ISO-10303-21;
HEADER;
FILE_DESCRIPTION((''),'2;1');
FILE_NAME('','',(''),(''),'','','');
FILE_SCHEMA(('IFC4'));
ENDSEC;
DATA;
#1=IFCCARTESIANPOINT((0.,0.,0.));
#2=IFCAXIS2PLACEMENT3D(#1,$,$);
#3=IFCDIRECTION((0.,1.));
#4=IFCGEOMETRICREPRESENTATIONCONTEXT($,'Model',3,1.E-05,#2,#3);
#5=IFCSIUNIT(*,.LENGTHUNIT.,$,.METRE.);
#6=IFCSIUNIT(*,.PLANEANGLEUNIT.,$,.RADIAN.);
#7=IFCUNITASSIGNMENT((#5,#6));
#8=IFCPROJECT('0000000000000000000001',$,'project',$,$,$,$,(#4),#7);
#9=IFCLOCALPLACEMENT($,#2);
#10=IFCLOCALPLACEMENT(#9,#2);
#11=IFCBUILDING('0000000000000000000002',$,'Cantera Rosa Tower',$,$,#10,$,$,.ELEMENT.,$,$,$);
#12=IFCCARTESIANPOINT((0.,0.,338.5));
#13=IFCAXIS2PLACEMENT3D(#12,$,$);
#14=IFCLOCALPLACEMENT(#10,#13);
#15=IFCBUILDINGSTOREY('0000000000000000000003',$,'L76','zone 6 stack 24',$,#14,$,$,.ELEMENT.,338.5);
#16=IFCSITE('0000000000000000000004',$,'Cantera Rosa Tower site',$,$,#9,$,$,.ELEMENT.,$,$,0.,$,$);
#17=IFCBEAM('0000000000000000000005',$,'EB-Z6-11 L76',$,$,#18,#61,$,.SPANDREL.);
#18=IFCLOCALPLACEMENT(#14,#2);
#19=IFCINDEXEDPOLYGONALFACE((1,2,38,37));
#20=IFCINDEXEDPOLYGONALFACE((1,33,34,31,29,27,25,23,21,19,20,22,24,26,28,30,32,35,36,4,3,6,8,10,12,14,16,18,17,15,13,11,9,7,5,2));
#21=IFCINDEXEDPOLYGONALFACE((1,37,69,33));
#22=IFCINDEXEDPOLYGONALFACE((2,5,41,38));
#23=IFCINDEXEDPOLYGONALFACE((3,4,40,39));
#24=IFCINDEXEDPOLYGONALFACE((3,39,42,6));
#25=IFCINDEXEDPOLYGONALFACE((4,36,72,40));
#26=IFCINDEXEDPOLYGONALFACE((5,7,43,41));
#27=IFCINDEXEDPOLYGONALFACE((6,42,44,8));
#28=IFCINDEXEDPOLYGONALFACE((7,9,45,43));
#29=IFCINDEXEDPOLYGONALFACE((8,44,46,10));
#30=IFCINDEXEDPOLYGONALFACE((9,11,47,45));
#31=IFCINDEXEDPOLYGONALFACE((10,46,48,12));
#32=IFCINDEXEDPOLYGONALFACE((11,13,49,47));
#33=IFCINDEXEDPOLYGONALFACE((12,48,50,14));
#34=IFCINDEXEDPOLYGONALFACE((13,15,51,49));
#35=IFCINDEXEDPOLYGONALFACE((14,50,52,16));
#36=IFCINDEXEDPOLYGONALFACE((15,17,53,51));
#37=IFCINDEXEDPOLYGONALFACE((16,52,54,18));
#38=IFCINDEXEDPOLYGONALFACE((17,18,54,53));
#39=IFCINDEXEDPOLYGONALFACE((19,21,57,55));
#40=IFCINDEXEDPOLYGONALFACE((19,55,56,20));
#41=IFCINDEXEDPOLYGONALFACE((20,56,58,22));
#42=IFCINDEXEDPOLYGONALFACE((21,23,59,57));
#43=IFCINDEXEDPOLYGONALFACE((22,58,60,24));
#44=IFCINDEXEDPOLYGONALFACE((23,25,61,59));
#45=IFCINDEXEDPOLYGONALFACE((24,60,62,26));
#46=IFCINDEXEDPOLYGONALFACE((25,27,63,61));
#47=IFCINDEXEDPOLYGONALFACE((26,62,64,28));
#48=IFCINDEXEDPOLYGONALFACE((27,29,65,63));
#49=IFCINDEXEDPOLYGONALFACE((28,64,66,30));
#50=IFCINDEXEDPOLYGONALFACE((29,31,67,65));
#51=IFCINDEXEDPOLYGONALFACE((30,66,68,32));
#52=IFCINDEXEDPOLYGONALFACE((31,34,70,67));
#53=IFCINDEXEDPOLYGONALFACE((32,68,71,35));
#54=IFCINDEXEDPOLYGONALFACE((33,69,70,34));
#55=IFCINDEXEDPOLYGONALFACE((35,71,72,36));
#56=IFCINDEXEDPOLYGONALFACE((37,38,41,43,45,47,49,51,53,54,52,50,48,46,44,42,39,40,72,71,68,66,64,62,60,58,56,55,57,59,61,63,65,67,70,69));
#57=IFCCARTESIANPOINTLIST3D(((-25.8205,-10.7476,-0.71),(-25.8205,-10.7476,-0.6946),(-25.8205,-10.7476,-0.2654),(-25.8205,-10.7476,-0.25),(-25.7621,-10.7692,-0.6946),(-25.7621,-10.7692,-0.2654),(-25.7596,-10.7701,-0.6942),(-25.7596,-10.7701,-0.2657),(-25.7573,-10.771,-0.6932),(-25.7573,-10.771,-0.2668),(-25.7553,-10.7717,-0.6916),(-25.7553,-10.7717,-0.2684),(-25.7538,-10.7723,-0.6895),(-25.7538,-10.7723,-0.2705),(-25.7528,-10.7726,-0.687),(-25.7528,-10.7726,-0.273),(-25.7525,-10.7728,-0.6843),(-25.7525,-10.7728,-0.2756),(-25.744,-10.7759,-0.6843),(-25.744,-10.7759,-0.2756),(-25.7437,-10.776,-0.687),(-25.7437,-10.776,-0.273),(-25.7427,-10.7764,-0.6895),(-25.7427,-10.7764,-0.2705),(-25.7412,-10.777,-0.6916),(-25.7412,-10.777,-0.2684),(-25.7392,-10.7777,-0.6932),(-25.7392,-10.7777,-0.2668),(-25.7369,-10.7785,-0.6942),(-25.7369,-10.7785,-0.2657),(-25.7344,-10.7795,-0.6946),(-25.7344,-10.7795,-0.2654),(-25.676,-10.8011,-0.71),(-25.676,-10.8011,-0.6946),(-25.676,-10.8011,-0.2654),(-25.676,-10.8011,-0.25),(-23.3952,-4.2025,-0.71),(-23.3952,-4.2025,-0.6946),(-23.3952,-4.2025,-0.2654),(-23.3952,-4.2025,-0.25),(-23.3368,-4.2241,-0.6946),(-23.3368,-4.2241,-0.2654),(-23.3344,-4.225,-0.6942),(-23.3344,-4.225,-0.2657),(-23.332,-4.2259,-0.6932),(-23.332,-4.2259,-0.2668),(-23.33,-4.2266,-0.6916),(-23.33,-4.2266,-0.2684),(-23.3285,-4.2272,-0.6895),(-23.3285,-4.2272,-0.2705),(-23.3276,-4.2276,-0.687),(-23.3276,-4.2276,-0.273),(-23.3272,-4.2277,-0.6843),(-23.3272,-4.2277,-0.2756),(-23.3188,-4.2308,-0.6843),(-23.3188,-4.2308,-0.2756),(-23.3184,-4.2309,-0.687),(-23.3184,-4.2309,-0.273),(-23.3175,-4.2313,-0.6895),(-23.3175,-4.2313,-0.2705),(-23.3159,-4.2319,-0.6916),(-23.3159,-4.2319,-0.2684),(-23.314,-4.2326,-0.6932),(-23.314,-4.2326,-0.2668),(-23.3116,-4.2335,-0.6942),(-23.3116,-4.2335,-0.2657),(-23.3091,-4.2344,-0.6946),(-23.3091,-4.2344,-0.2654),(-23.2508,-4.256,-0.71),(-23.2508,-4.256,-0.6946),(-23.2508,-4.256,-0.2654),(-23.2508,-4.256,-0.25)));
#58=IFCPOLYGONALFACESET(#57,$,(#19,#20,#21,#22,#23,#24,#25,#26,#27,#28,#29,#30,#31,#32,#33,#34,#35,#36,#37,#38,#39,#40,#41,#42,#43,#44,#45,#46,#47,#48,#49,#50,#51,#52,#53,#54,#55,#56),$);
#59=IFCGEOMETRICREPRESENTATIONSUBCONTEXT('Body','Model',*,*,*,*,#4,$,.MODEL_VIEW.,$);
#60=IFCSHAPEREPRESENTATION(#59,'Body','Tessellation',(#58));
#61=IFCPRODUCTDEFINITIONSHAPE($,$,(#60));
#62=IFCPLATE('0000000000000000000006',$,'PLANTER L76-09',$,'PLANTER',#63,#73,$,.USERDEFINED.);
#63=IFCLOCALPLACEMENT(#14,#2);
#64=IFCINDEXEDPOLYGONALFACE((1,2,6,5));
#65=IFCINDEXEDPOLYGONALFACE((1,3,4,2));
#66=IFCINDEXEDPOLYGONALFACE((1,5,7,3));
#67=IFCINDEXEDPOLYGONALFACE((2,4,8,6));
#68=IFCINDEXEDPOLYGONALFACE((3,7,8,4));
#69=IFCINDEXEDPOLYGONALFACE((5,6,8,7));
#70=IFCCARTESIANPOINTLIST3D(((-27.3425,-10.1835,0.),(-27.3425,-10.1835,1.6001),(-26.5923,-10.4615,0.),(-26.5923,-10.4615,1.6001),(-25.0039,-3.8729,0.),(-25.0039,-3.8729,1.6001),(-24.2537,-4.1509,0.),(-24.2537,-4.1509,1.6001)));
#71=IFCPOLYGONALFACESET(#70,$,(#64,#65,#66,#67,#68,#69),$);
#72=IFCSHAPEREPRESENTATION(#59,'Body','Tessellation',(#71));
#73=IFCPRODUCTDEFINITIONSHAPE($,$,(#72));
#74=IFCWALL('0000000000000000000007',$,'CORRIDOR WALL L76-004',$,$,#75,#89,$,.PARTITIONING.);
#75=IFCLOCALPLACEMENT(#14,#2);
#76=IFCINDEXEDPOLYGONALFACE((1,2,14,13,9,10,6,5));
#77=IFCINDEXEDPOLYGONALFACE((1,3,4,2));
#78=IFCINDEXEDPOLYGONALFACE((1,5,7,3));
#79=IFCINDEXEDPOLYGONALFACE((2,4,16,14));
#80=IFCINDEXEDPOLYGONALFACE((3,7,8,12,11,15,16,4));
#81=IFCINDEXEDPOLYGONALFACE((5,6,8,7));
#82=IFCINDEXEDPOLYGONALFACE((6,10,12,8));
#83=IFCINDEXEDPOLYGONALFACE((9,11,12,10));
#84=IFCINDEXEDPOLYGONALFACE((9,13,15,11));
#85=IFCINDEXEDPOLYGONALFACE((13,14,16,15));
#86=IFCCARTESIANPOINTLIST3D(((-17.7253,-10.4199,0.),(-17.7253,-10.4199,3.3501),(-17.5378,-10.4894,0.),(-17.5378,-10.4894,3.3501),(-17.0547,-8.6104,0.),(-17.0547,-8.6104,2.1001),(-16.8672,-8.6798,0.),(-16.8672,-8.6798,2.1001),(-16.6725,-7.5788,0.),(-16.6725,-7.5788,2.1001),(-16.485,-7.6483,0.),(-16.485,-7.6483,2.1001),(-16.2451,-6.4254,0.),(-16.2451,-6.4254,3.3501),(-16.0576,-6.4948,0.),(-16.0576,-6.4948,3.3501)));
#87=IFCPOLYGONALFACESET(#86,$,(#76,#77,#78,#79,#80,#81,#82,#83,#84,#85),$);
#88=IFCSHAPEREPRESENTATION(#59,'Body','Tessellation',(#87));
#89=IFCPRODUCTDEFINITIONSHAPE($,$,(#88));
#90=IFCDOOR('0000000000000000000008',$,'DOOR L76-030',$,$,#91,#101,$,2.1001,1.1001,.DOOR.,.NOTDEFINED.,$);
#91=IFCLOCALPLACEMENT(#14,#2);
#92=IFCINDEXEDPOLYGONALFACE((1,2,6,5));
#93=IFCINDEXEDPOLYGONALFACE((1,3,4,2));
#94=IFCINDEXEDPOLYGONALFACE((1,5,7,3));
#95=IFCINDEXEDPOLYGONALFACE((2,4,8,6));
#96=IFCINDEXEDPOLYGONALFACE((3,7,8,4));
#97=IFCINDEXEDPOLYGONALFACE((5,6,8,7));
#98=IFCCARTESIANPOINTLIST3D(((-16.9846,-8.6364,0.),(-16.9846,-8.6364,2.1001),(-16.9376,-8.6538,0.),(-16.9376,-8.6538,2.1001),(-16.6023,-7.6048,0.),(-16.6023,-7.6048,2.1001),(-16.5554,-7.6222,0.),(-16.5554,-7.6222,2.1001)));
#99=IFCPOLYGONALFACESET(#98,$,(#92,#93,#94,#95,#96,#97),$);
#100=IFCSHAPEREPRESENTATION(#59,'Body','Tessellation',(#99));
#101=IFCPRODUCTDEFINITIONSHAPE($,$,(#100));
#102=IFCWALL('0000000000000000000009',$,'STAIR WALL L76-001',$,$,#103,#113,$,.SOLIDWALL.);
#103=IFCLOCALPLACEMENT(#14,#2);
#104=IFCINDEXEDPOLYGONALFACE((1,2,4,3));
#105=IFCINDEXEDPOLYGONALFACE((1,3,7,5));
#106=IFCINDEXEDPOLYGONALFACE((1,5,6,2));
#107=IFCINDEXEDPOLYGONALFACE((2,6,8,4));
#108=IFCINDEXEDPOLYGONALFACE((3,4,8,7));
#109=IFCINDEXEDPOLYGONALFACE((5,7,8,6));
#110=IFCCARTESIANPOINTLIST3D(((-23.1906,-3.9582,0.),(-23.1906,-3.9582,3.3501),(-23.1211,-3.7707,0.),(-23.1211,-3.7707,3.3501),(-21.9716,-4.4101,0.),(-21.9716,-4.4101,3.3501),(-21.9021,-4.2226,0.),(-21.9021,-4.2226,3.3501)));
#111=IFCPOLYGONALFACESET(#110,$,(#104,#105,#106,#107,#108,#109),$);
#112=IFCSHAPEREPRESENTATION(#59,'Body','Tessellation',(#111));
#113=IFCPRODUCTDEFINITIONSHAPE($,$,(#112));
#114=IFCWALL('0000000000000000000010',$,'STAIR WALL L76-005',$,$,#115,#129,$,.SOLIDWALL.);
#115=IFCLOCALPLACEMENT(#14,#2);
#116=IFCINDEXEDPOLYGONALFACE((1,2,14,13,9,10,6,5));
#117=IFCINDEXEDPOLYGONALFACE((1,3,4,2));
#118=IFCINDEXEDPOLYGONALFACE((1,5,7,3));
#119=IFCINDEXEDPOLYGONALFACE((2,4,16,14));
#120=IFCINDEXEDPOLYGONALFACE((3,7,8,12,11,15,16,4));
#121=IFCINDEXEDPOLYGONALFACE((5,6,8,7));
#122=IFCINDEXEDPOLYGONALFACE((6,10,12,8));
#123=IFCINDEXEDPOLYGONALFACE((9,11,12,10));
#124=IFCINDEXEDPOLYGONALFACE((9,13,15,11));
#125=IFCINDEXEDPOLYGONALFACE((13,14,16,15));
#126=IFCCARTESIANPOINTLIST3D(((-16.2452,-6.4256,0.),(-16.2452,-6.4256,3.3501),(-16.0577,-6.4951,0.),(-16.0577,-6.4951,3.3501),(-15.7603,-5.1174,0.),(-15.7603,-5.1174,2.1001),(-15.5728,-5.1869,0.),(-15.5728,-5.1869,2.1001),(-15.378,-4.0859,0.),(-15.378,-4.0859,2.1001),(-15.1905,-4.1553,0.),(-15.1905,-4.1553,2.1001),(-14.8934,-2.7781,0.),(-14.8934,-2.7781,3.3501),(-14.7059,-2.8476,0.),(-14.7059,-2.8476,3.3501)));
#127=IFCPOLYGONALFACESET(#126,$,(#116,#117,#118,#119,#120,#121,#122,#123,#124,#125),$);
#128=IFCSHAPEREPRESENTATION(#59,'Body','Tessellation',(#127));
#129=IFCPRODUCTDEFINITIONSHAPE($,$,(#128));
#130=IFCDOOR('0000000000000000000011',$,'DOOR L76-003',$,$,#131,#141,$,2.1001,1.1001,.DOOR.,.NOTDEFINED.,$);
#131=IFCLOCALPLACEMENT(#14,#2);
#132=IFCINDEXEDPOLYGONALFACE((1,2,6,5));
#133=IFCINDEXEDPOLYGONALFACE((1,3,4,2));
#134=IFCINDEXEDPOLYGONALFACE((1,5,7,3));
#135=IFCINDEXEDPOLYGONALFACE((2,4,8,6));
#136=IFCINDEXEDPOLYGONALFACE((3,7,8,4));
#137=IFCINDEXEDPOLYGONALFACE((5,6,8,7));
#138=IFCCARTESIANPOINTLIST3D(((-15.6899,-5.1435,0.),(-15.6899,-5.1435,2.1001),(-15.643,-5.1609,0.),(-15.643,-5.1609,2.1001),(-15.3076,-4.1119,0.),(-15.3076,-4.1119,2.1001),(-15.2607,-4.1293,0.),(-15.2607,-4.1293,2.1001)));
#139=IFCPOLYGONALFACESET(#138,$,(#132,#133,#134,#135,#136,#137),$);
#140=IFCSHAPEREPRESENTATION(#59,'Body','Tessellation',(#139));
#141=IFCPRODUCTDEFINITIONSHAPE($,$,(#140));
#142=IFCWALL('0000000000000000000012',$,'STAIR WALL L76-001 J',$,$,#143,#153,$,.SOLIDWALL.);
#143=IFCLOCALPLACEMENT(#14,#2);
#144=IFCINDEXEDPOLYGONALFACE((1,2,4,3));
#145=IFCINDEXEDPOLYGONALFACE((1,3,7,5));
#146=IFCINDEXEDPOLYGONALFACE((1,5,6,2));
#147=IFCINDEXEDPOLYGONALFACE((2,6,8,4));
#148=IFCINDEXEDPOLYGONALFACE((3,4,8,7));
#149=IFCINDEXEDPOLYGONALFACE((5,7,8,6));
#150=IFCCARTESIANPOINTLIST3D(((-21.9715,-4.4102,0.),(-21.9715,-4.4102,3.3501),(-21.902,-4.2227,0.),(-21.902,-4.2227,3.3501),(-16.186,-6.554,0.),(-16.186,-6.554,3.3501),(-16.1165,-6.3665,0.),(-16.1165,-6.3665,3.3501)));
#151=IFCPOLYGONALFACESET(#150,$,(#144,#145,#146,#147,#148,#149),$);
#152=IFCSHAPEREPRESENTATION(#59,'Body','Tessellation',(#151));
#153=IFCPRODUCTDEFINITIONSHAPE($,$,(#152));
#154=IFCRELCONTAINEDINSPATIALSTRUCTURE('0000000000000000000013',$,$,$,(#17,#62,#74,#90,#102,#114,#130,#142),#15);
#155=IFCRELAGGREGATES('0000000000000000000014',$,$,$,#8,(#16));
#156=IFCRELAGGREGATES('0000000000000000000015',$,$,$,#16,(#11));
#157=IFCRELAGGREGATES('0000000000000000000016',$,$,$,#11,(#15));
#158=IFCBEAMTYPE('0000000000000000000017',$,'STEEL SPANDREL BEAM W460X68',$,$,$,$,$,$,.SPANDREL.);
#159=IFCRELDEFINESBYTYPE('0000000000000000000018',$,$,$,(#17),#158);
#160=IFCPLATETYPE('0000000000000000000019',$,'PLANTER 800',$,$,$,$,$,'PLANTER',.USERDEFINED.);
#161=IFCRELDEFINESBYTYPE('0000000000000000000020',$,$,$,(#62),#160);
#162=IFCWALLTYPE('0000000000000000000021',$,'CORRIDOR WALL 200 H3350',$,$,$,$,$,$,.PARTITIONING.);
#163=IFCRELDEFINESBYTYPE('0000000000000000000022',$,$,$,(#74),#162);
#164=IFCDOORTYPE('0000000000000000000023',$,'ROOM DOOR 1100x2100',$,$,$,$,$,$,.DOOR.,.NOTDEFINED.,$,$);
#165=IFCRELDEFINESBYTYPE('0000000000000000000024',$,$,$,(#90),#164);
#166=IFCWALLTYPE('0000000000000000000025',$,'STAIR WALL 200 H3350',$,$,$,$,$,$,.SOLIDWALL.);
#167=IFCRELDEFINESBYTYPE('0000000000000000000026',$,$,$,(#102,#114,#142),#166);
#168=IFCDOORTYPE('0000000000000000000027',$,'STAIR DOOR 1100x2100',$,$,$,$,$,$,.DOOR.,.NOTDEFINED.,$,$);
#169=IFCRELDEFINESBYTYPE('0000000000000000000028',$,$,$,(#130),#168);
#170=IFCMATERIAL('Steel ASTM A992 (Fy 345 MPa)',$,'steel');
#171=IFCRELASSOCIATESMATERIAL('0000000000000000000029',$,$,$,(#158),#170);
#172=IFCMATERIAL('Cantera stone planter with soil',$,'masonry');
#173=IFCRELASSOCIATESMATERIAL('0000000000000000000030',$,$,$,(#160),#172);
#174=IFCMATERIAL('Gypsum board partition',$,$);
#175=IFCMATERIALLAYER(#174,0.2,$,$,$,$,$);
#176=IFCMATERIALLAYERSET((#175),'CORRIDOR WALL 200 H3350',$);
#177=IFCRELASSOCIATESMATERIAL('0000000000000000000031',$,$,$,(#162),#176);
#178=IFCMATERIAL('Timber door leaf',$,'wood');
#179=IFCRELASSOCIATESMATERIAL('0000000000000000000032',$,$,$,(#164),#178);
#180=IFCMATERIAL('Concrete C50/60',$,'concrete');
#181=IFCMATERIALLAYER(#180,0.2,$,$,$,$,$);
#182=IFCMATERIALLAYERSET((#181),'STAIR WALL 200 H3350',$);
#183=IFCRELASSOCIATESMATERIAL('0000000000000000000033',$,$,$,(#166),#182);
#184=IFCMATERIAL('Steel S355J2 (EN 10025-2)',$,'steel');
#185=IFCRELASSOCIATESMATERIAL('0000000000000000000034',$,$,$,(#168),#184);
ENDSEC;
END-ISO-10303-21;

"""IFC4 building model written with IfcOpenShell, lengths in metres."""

from ifc_helpers import new_model, si_unit, direction, frame, frame_2d, origin, origin_2d, place, context, subcontext, project, spatial, rectangle, i_section, extrude, material, layer, layer_set, material_profile, profile_set, type_object, element, fill, save


model = new_model("IFC4")

# Units and contexts
model_context = context("Model", 3, precision=1e-05, world=origin(), true_north=direction((0.0, 1.0)))
body_context = subcontext(model_context, "Body", "Model", "MODEL_VIEW")
ifc_project = project(units=[si_unit("LENGTHUNIT", "METRE"), si_unit("PLANEANGLEUNIT", "RADIAN")], contexts=[model_context])

# Site, building, storey
site_placement = place(None, origin())
site = spatial("IfcSite", under=ifc_project, at=site_placement, Name="Cantera Rosa Tower site", CompositionType="ELEMENT", RefElevation=0.0)
building_placement = place(site_placement, origin())
building = spatial("IfcBuilding", under=site, at=building_placement, Name="Cantera Rosa Tower", CompositionType="ELEMENT")
storey_placement = place(building_placement, frame((0.0, 0.0, 338.5)))
storey = spatial("IfcBuildingStorey", under=building, at=storey_placement, Name="L76", Description="zone 6 stack 24", CompositionType="ELEMENT", Elevation=338.5)

# Beam
ifc_material_1 = material(Name="Steel ASTM A992 (Fy 345 MPa)", Category="steel")
ifc_material_profile_1 = material_profile(ifc_material_1, i_section(OverallWidth=0.1541, OverallDepth=0.46, WebThickness=0.009, FlangeThickness=0.0154, FilletRadius=0.0103, at=origin_2d()), Name="W460X68")
ifc_profile_set_1 = profile_set([ifc_material_profile_1], Name="Steel ASTM A992 (Fy 345 MPa)")
beam_type_1 = type_object("IfcBeamType", Name="STEEL SPANDREL BEAM W460X68", PredefinedType="SPANDREL", material=ifc_profile_set_1)
beam_1_placement = place(storey_placement, frame((-23.323, -4.2292, -0.48), z_axis=(-0.34746, -0.937695, 0.0), x_axis=(0.937695, -0.34746, 0.0)))
element("IfcBeam", 1, at=beam_1_placement, inside=storey, type_object=beam_type_1, Name="EB-Z6-11 L76", PredefinedType="SPANDREL", context=body_context, shape_type="SweptSolid", body=[
    extrude(i_section(OverallWidth=0.1541, OverallDepth=0.46, WebThickness=0.009, FlangeThickness=0.0154, FilletRadius=0.0103, at=origin_2d()), origin(), (0.0, 0.0, 1.0), 6.98),
])

# Plate
ifc_material_2 = material(Name="Cantera stone planter with soil", Category="masonry")
plate_type = type_object("IfcPlateType", Name="PLANTER 800", ElementType="PLANTER", PredefinedType="USERDEFINED", material=ifc_material_2)
plate_placement = place(storey_placement, frame((-25.7981, -7.1672, 0.0), z_axis=(0.0, 0.0, 1.0), x_axis=(-0.347481, -0.937687, 0.0)))
element("IfcPlate", 2, at=plate_placement, inside=storey, type_object=plate_type, Name="PLANTER L76-09", ObjectType="PLANTER", PredefinedType="USERDEFINED", context=body_context, shape_type="SweptSolid", body=[
    extrude(rectangle(XDim=6.73, YDim=0.8, at=origin_2d()), origin(), (0.0, 0.0, 1.0), 1.6001),
])

# Wall, opening, door
ifc_material_3 = material(Name="Gypsum board partition")
ifc_layer_1 = layer(ifc_material_3, 0.2)
ifc_layer_set_1 = layer_set([ifc_layer_1], Name="CORRIDOR WALL 200 H3350")
wall_type_1 = type_object("IfcWallType", Name="CORRIDOR WALL 200 H3350", PredefinedType="PARTITIONING", material=ifc_layer_set_1)
wall_1_placement = place(storey_placement, frame((-16.1514, -6.4602, 0.0), z_axis=(0.0, 0.0, 1.0), x_axis=(-0.347466, -0.937693, 0.0)))
wall_1 = element("IfcWall", 3, at=wall_1_placement, inside=storey, type_object=wall_type_1, Name="CORRIDOR WALL L76-004", PredefinedType="PARTITIONING", context=body_context, shape_type="SweptSolid", body=[
    extrude(rectangle(XDim=4.26, YDim=0.2, at=frame_2d((2.1299, 0.0))), origin(), (0.0, 0.0, 1.0), 3.3501),
])
opening_1_placement = place(wall_1_placement, frame((1.23, 0.0, 0.0)))
opening_1 = element("IfcOpeningElement", 4, at=opening_1_placement, cuts=wall_1, PredefinedType="OPENING", context=body_context, shape_type="SweptSolid", body=[
    extrude(rectangle(XDim=1.1001, YDim=2.1001, at=frame_2d((0.55, 1.05))), frame((0.0, 0.1099, 0.0), z_axis=(0.0, -1.0, 0.0), x_axis=(1.0, 0.0, 0.0)), (0.0, 0.0, 1.0), 0.22),
])
ifc_material_4 = material(Name="Timber door leaf", Category="wood")
door_type_1 = type_object("IfcDoorType", Name="ROOM DOOR 1100x2100", OperationType="NOTDEFINED", PredefinedType="DOOR", material=ifc_material_4)
door_1_placement = place(opening_1_placement, origin())
door_1 = element("IfcDoor", 5, at=door_1_placement, inside=storey, type_object=door_type_1, Name="DOOR L76-030", OperationType="NOTDEFINED", OverallHeight=2.1001, OverallWidth=1.1001, PredefinedType="DOOR", context=body_context, shape_type="SweptSolid", body=[
    extrude(rectangle(XDim=1.1001, YDim=2.1001, at=frame_2d((0.55, 1.05))), frame((0.0, 0.0249, 0.0), z_axis=(0.0, -1.0, 0.0), x_axis=(1.0, 0.0, 0.0)), (0.0, 0.0, 1.0), 0.05),
])
fill(opening_1, door_1)

# Wall
ifc_material_5 = material(Name="Concrete C50/60", Category="concrete")
ifc_layer_2 = layer(ifc_material_5, 0.2)
ifc_layer_set_2 = layer_set([ifc_layer_2], Name="STAIR WALL 200 H3350")
wall_type_2 = type_object("IfcWallType", Name="STAIR WALL 200 H3350", PredefinedType="SOLIDWALL", material=ifc_layer_set_2)
wall_2_placement = place(storey_placement, frame((-23.1558, -3.8645, 0.0), z_axis=(0.0, 0.0, 1.0), x_axis=(0.937642, -0.347602, 0.0)))
element("IfcWall", 6, at=wall_2_placement, inside=storey, type_object=wall_type_2, Name="STAIR WALL L76-001", PredefinedType="SOLIDWALL", context=body_context, shape_type="SweptSolid", body=[
    extrude(rectangle(XDim=1.3, YDim=0.2, at=frame_2d((0.6499, 0.0))), origin(), (0.0, 0.0, 1.0), 3.3501),
])

# Wall, opening, door
wall_3_placement = place(storey_placement, frame((-16.1514, -6.4602, 0.0), z_axis=(0.0, 0.0, 1.0), x_axis=(0.347517, 0.937674, 0.0)))
wall_3 = element("IfcWall", 7, at=wall_3_placement, inside=storey, type_object=wall_type_2, Name="STAIR WALL L76-005", PredefinedType="SOLIDWALL", context=body_context, shape_type="SweptSolid", body=[
    extrude(rectangle(XDim=3.8899, YDim=0.2, at=frame_2d((1.9448, 0.0))), origin(), (0.0, 0.0, 1.0), 3.3501),
])
opening_2_placement = place(wall_3_placement, frame((1.395, 0.0, 0.0)))
opening_2 = element("IfcOpeningElement", 8, at=opening_2_placement, cuts=wall_3, PredefinedType="OPENING", context=body_context, shape_type="SweptSolid", body=[
    extrude(rectangle(XDim=1.1001, YDim=2.1001, at=frame_2d((0.55, 1.05))), frame((0.0, 0.1099, 0.0), z_axis=(0.0, -1.0, 0.0), x_axis=(1.0, 0.0, 0.0)), (0.0, 0.0, 1.0), 0.22),
])
ifc_material_6 = material(Name="Steel S355J2 (EN 10025-2)", Category="steel")
door_type_2 = type_object("IfcDoorType", Name="STAIR DOOR 1100x2100", OperationType="NOTDEFINED", PredefinedType="DOOR", material=ifc_material_6)
door_2_placement = place(opening_2_placement, origin())
door_2 = element("IfcDoor", 9, at=door_2_placement, inside=storey, type_object=door_type_2, Name="DOOR L76-003", OperationType="NOTDEFINED", OverallHeight=2.1001, OverallWidth=1.1001, PredefinedType="DOOR", context=body_context, shape_type="SweptSolid", body=[
    extrude(rectangle(XDim=1.1001, YDim=2.1001, at=frame_2d((0.55, 1.05))), frame((0.0, 0.0249, 0.0), z_axis=(0.0, -1.0, 0.0), x_axis=(1.0, 0.0, 0.0)), (0.0, 0.0, 1.0), 0.05),
])
fill(opening_2, door_2)

# Wall
wall_4_placement = place(storey_placement, frame((-21.9368, -4.3164, 0.0), z_axis=(0.0, 0.0, 1.0), x_axis=(0.937693, -0.347465, 0.0)))
element("IfcWall", 10, at=wall_4_placement, inside=storey, type_object=wall_type_2, Name="STAIR WALL L76-001 J", PredefinedType="SOLIDWALL", context=body_context, shape_type="SweptSolid", body=[
    extrude(rectangle(XDim=6.1699, YDim=0.2, at=frame_2d((3.085, 0.0))), origin(), (0.0, 0.0, 1.0), 3.3501),
])

save(model, "model.ifc")
